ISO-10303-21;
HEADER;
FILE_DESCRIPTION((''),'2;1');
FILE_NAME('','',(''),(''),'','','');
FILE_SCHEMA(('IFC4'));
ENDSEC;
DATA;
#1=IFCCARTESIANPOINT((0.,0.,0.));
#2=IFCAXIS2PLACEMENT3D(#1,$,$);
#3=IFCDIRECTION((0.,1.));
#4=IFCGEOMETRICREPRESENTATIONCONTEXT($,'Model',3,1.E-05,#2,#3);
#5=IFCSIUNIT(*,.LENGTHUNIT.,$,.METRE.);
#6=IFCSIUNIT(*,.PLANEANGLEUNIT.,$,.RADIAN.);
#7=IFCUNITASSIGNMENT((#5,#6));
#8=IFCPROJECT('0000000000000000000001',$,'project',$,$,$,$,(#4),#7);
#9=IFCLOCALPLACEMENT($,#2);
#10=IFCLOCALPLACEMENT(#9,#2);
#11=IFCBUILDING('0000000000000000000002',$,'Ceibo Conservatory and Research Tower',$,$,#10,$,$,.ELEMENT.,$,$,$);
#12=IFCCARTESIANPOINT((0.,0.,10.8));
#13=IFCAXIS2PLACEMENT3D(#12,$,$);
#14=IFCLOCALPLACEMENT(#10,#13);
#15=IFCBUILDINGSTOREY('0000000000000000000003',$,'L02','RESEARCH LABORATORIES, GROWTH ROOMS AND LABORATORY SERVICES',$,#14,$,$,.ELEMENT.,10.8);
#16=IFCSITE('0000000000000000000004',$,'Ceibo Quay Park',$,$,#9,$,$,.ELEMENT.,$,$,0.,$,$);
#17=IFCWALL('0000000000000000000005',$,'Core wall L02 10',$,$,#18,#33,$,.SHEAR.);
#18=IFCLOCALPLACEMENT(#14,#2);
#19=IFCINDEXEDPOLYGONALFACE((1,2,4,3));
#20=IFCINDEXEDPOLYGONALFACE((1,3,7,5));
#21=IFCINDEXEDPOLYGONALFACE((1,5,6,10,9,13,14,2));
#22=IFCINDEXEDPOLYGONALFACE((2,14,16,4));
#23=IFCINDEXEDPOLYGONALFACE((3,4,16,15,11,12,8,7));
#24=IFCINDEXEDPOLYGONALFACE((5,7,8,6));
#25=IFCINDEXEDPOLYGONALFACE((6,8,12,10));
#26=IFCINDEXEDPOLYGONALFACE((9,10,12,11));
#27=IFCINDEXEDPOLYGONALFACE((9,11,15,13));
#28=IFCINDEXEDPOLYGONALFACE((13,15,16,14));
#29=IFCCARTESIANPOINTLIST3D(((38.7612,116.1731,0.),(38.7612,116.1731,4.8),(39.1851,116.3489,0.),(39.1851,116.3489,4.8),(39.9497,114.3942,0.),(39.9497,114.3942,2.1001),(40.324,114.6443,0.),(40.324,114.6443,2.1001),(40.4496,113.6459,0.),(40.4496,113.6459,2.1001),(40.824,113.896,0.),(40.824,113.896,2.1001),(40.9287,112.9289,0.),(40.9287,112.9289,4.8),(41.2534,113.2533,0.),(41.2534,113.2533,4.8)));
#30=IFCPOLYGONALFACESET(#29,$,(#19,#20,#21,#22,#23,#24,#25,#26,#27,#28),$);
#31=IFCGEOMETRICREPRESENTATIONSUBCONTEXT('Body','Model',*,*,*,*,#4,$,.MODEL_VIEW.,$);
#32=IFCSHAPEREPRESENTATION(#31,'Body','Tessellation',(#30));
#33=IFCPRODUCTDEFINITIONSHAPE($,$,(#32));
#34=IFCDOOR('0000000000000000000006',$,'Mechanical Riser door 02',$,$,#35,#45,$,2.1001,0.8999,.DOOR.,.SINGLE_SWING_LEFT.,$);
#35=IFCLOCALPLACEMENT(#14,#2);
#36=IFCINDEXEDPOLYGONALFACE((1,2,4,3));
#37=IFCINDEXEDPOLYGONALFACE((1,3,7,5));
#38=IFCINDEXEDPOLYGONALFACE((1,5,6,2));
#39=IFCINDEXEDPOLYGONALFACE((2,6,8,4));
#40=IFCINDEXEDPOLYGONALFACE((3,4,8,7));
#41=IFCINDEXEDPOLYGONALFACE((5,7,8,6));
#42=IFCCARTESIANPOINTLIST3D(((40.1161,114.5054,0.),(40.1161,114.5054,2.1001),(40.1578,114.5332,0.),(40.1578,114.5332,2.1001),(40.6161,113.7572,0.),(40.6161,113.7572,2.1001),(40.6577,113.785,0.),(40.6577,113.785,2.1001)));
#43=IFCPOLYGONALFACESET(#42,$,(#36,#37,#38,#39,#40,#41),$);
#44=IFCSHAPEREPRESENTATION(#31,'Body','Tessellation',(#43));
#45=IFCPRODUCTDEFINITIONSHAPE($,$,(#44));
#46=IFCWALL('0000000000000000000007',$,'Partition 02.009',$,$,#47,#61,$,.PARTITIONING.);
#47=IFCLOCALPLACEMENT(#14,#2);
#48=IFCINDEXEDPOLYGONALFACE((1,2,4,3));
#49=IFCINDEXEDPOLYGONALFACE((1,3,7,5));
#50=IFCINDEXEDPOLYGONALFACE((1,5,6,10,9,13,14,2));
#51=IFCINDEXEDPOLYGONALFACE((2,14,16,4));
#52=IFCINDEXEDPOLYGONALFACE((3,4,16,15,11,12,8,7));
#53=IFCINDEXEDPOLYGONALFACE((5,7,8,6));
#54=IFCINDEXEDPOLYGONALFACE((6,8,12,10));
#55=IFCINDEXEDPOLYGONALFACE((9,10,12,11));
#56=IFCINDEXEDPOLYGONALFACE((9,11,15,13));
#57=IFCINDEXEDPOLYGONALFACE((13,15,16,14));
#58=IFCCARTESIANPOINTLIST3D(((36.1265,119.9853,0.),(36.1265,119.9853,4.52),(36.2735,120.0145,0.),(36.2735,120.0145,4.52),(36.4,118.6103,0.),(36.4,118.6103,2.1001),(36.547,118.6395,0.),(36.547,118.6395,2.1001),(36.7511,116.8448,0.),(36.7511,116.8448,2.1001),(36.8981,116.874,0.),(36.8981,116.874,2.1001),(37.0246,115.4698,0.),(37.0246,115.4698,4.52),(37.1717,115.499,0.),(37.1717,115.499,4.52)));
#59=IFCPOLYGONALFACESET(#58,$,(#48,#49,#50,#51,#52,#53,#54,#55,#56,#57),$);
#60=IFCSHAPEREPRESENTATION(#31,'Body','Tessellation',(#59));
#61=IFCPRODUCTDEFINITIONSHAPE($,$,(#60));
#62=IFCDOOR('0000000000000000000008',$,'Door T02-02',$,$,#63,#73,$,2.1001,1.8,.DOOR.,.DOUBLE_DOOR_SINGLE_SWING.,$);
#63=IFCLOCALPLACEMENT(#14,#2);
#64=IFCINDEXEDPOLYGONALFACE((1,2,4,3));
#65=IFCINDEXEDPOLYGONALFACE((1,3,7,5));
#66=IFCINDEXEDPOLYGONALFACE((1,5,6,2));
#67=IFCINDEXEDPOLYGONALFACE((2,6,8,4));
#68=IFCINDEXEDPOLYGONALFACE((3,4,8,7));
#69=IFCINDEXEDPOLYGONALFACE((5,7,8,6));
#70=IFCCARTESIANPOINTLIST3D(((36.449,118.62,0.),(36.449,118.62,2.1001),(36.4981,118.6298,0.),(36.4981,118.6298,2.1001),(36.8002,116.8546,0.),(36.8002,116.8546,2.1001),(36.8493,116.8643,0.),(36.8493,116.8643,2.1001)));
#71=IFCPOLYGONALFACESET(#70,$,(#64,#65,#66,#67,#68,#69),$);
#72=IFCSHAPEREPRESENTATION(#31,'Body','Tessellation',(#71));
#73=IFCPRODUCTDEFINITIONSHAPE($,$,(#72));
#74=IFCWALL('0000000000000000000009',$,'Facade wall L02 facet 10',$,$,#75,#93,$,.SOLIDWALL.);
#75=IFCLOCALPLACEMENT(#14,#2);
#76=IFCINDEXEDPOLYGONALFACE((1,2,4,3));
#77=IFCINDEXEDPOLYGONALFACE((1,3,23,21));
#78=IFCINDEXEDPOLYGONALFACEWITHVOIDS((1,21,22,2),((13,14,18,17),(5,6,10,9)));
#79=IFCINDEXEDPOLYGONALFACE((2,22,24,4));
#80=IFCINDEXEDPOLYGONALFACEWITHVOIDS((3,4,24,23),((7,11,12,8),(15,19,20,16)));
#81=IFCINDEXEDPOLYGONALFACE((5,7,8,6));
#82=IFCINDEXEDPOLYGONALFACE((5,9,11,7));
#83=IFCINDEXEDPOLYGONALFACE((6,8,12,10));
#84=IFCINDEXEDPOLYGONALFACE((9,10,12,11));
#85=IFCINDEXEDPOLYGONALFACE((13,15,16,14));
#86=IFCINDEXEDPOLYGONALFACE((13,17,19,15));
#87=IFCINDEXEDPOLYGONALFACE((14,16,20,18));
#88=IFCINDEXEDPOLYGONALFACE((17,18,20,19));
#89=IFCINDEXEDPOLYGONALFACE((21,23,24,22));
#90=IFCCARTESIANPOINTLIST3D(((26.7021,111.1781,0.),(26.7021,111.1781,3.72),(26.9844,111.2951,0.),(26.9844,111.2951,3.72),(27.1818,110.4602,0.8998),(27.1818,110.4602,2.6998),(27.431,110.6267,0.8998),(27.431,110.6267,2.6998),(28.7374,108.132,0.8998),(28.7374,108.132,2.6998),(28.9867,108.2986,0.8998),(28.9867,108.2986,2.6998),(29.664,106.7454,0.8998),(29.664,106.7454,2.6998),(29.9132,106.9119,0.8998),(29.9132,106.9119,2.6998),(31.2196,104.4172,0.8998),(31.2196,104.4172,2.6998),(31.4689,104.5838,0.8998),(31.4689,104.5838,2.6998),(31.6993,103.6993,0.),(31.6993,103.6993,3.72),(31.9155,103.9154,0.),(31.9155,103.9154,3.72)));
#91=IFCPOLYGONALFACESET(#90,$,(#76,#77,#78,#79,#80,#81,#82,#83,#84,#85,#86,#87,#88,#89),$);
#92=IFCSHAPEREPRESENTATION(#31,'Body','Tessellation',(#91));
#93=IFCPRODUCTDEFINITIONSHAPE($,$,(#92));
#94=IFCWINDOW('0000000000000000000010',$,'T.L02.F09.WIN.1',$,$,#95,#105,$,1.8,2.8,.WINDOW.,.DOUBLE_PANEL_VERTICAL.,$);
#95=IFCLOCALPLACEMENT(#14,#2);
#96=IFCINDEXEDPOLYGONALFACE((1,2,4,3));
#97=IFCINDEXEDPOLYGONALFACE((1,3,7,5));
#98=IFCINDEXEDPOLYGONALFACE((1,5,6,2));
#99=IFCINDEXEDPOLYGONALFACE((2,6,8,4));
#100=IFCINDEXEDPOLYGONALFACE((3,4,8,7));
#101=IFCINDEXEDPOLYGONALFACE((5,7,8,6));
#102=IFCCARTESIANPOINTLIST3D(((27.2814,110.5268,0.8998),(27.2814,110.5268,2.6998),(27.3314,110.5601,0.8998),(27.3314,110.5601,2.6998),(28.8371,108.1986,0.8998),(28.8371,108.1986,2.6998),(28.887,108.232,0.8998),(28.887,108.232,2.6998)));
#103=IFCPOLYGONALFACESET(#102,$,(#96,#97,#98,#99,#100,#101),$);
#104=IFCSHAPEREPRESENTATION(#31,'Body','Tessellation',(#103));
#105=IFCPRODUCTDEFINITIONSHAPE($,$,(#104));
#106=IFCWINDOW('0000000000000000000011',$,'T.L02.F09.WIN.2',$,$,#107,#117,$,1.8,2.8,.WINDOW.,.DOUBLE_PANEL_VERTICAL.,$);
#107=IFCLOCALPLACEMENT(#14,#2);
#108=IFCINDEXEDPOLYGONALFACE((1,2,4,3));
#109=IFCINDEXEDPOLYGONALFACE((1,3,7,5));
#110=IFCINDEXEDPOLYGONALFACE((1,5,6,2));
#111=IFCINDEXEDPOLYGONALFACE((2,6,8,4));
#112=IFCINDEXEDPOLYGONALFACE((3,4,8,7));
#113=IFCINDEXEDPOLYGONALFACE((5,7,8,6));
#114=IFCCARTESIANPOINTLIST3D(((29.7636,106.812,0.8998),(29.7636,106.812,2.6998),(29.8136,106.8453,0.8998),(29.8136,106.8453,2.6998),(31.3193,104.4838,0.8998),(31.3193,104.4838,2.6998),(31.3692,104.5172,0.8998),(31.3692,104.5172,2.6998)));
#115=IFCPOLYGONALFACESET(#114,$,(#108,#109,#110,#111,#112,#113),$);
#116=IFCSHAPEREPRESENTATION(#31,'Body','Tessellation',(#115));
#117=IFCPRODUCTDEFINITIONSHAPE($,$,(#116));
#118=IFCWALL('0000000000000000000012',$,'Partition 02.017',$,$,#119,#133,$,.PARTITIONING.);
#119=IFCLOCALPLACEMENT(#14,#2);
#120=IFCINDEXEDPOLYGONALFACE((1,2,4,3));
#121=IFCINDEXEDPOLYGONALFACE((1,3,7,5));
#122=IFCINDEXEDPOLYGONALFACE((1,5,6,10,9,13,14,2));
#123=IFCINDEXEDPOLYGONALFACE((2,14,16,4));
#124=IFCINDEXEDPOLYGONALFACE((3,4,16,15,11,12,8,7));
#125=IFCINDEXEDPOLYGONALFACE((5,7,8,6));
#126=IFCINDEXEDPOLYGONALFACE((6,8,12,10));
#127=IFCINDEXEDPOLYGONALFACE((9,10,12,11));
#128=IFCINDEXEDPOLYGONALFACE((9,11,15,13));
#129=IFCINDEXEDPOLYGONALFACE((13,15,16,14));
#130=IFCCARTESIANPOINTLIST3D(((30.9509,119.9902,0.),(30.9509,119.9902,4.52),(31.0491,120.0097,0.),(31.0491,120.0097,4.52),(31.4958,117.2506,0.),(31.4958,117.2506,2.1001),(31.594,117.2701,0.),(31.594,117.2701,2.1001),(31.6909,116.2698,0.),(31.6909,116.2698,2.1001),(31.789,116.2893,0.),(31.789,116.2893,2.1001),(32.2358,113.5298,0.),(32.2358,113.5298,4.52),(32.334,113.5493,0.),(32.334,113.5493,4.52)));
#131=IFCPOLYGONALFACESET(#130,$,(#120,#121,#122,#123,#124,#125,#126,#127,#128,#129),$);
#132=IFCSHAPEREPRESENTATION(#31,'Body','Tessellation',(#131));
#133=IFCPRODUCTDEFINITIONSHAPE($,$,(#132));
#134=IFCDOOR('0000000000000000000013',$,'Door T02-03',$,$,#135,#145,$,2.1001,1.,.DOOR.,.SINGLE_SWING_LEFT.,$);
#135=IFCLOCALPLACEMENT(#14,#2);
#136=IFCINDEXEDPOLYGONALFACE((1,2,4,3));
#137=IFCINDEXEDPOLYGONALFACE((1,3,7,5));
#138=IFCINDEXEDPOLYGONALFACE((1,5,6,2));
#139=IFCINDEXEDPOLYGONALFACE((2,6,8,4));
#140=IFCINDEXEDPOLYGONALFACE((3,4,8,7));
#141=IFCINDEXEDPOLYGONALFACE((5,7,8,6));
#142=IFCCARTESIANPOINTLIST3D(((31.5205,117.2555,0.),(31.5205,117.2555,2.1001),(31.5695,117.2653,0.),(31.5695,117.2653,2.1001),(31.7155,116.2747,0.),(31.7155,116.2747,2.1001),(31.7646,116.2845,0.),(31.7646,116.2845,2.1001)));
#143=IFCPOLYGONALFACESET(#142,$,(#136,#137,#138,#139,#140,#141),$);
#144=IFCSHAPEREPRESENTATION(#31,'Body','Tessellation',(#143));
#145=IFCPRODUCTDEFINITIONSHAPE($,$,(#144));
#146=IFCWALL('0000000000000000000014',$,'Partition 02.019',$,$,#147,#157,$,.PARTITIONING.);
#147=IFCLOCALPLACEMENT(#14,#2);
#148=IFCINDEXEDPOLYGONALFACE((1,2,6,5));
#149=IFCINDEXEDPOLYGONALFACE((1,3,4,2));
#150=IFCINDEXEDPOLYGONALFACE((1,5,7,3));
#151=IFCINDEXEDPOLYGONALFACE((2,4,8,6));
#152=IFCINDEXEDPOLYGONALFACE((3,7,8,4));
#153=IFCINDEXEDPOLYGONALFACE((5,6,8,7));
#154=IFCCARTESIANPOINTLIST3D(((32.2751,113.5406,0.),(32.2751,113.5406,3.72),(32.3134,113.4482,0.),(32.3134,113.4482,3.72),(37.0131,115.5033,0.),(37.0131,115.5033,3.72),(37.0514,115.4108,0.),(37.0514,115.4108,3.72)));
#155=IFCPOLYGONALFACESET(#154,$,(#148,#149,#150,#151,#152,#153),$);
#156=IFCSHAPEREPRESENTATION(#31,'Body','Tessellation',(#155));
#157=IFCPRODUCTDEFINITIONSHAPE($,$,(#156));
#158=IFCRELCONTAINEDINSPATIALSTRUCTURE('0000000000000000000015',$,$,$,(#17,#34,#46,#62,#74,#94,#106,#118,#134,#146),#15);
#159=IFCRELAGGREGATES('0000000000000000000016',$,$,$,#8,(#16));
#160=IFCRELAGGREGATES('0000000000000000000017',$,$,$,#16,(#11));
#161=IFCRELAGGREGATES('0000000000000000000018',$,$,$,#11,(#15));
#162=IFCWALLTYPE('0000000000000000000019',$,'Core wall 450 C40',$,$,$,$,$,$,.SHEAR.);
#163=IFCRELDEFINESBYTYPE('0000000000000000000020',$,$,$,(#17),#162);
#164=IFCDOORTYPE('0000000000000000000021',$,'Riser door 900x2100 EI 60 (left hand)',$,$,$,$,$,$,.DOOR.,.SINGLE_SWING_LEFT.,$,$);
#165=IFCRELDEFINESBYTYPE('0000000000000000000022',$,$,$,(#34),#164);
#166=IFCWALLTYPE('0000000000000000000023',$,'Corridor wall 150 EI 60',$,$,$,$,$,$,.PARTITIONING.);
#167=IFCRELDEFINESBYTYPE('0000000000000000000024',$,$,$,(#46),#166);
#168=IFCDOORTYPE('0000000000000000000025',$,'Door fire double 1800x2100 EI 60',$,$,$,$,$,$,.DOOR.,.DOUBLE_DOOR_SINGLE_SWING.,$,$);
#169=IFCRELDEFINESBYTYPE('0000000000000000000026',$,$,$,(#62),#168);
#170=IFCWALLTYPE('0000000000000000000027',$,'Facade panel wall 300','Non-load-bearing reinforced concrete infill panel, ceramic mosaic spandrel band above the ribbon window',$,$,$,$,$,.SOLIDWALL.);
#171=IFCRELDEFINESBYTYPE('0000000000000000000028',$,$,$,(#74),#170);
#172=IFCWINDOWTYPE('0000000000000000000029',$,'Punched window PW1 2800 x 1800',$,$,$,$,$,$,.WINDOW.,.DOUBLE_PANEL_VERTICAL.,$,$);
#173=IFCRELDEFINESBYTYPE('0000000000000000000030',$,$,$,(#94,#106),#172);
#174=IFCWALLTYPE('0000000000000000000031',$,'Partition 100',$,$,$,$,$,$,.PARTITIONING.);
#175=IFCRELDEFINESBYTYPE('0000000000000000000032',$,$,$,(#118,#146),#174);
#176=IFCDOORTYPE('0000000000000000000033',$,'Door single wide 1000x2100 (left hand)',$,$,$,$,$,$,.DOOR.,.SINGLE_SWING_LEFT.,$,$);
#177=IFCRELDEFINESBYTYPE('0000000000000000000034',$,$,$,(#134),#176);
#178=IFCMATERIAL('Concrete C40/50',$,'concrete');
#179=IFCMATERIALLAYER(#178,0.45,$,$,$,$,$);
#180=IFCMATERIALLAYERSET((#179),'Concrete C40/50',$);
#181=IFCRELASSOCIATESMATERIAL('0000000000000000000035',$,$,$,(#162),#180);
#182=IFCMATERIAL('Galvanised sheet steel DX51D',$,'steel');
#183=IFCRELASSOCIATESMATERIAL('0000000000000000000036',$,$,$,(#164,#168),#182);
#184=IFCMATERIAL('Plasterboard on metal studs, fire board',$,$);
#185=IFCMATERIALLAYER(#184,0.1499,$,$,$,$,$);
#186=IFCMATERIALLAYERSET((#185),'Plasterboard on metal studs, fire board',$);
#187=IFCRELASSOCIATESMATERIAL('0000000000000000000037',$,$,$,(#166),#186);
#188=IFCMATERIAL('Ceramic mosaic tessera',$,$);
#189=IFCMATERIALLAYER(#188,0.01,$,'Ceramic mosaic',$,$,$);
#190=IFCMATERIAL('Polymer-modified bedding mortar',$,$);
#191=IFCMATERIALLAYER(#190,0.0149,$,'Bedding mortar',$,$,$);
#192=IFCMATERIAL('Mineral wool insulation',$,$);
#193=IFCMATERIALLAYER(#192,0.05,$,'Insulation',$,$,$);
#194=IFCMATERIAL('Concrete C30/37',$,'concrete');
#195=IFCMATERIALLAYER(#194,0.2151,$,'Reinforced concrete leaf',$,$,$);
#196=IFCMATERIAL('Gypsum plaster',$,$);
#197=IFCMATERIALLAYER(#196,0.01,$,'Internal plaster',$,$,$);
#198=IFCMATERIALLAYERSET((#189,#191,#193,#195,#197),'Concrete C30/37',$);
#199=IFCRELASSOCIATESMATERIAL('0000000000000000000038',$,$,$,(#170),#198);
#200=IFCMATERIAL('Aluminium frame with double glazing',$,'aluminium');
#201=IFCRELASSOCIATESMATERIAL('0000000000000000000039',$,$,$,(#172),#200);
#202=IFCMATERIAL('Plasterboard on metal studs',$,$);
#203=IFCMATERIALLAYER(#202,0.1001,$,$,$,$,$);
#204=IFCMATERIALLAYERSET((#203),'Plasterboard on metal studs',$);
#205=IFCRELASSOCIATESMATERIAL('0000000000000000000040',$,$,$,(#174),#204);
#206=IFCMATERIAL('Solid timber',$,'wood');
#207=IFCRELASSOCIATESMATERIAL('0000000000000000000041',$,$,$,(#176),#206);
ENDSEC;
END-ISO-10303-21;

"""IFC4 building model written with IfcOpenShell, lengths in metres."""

from ifc_helpers import new_model, si_unit, direction, frame, frame_2d, origin, place, context, subcontext, project, spatial, polyline, rectangle, outline, extrude, material, layer, layer_set, type_object, element, fill, save


model = new_model("IFC4")

# Units and contexts
model_context = context("Model", 3, precision=1e-05, world=origin(), true_north=direction((0.0, 1.0)))
body_context = subcontext(model_context, "Body", "Model", "MODEL_VIEW")
ifc_project = project(units=[si_unit("LENGTHUNIT", "METRE"), si_unit("PLANEANGLEUNIT", "RADIAN")], contexts=[model_context])

# Site, building, storey
site_placement = place(None, origin())
site = spatial("IfcSite", under=ifc_project, at=site_placement, Name="Ceibo Quay Park", CompositionType="ELEMENT", RefElevation=0.0)
building_placement = place(site_placement, origin())
building = spatial("IfcBuilding", under=site, at=building_placement, Name="Ceibo Conservatory and Research Tower", CompositionType="ELEMENT")
storey_placement = place(building_placement, frame((0.0, 0.0, 10.8)))
storey = spatial("IfcBuildingStorey", under=building, at=storey_placement, Name="L02", Description="RESEARCH LABORATORIES, GROWTH ROOMS AND LABORATORY SERVICES", CompositionType="ELEMENT", Elevation=10.8)

# Shared definitions
ifc_material_1 = material(Name="Concrete C40/50", Category="concrete")

# Walls, openings, doors
ifc_layer_1 = layer(ifc_material_1, 0.45)
ifc_layer_set_1 = layer_set([ifc_layer_1], Name="Concrete C40/50")
wall_type_1 = type_object("IfcWallType", Name="Core wall 450 C40", PredefinedType="SHEAR", material=ifc_layer_set_1)
wall_1_placement = place(storey_placement, frame((38.9731, 116.261, 0.0), z_axis=(0.0, 0.0, 1.0), x_axis=(0.555542, -0.831488, 0.0)))
wall_1 = element("IfcWall", 1, at=wall_1_placement, inside=storey, type_object=wall_type_1, Name="Core wall L02 10", PredefinedType="SHEAR", context=body_context, shape_type="SweptSolid", body=[
    extrude(outline(polyline([(-0.0447, -0.2251), (3.8569, -0.2251), (3.7676, 0.2251), (0.0447, 0.2251), (-0.0447, -0.2251)])), origin(), (0.0, 0.0, 1.0), 4.8),
])
opening_1_placement = place(wall_1_placement, frame((2.0947, 0.0, 0.0)))
opening_1 = element("IfcOpeningElement", 2, at=opening_1_placement, cuts=wall_1, PredefinedType="OPENING", context=body_context, shape_type="SweptSolid", body=[
    extrude(rectangle(XDim=0.8999, YDim=2.1001, at=frame_2d((0.45, 1.05))), frame((0.0, 0.2349, 0.0), z_axis=(0.0, -1.0, 0.0), x_axis=(1.0, 0.0, 0.0)), (0.0, 0.0, 1.0), 0.47),
])
ifc_material_2 = material(Name="Galvanised sheet steel DX51D", Category="steel")
door_type_1 = type_object("IfcDoorType", Name="Riser door 900x2100 EI 60 (left hand)", OperationType="SINGLE_SWING_LEFT", PredefinedType="DOOR", material=ifc_material_2)
door_1_placement = place(opening_1_placement, frame((0.8999, 0.0, 0.0), z_axis=(0.0, 0.0, 1.0), x_axis=(-1.0, 0.0, 0.0)))
door_1 = element("IfcDoor", 3, at=door_1_placement, inside=storey, type_object=door_type_1, Name="Mechanical Riser door 02", OperationType="SINGLE_SWING_LEFT", OverallHeight=2.1001, OverallWidth=0.8999, PredefinedType="DOOR", context=body_context, shape_type="SweptSolid", body=[
    extrude(rectangle(XDim=0.8999, YDim=2.1001, at=frame_2d((0.45, 1.05))), frame((0.0, 0.0249, 0.0), z_axis=(0.0, -1.0, 0.0), x_axis=(1.0, 0.0, 0.0)), (0.0, 0.0, 1.0), 0.05),
])
fill(opening_1, door_1)
ifc_material_3 = material(Name="Plasterboard on metal studs, fire board")
ifc_layer_2 = layer(ifc_material_3, 0.1499)
ifc_layer_set_2 = layer_set([ifc_layer_2], Name="Plasterboard on metal studs, fire board")
wall_type_2 = type_object("IfcWallType", Name="Corridor wall 150 EI 60", PredefinedType="PARTITIONING", material=ifc_layer_set_2)
wall_2_placement = place(storey_placement, frame((37.0981, 115.4844, 0.0), z_axis=(0.0, 0.0, 1.0), x_axis=(-0.195086, 0.980786, 0.0)))
wall_2 = element("IfcWall", 4, at=wall_2_placement, inside=storey, type_object=wall_type_2, Name="Partition 02.009", PredefinedType="PARTITIONING", context=body_context, shape_type="SweptSolid", body=[
    extrude(rectangle(XDim=4.604, YDim=0.1499, at=frame_2d((2.302, 0.0))), origin(), (0.0, 0.0, 1.0), 4.52),
])
opening_2_placement = place(wall_2_placement, frame((1.4021, 0.0, 0.0)))
opening_2 = element("IfcOpeningElement", 5, at=opening_2_placement, cuts=wall_2, PredefinedType="OPENING", context=body_context, shape_type="SweptSolid", body=[
    extrude(rectangle(XDim=1.8, YDim=2.1001, at=frame_2d((0.8999, 1.05))), frame((0.0, 0.085, 0.0), z_axis=(0.0, -1.0, 0.0), x_axis=(1.0, 0.0, 0.0)), (0.0, 0.0, 1.0), 0.1699),
])
door_type_2 = type_object("IfcDoorType", Name="Door fire double 1800x2100 EI 60", OperationType="DOUBLE_DOOR_SINGLE_SWING", PredefinedType="DOOR", material=ifc_material_2)
door_2_placement = place(opening_2_placement, origin())
door_2 = element("IfcDoor", 6, at=door_2_placement, inside=storey, type_object=door_type_2, Name="Door T02-02", OperationType="DOUBLE_DOOR_SINGLE_SWING", OverallHeight=2.1001, OverallWidth=1.8, PredefinedType="DOOR", context=body_context, shape_type="SweptSolid", body=[
    extrude(rectangle(XDim=1.8, YDim=2.1001, at=frame_2d((0.8999, 1.05))), frame((0.0, 0.0249, 0.0), z_axis=(0.0, -1.0, 0.0), x_axis=(1.0, 0.0, 0.0)), (0.0, 0.0, 1.0), 0.05),
])
fill(opening_2, door_2)

# Wall, openings, windows
ifc_material_4 = material(Name="Ceramic mosaic tessera")
ifc_layer_3 = layer(ifc_material_4, 0.01, Name="Ceramic mosaic")
ifc_material_5 = material(Name="Polymer-modified bedding mortar")
ifc_layer_4 = layer(ifc_material_5, 0.0149, Name="Bedding mortar")
ifc_material_6 = material(Name="Mineral wool insulation")
ifc_layer_5 = layer(ifc_material_6, 0.05, Name="Insulation")
ifc_material_7 = material(Name="Concrete C30/37", Category="concrete")
ifc_layer_6 = layer(ifc_material_7, 0.2151, Name="Reinforced concrete leaf")
ifc_material_8 = material(Name="Gypsum plaster")
ifc_layer_7 = layer(ifc_material_8, 0.01, Name="Internal plaster")
ifc_layer_set_3 = layer_set([ifc_layer_3, ifc_layer_4, ifc_layer_5, ifc_layer_6, ifc_layer_7], Name="Concrete C30/37")
wall_type_3 = type_object("IfcWallType", Name="Facade panel wall 300", Description="Non-load-bearing reinforced concrete infill panel, ceramic mosaic spandrel band above the ribbon window", PredefinedType="SOLIDWALL", material=ifc_layer_set_3)
wall_3_placement = place(storey_placement, frame((26.8433, 111.2366, 0.0), z_axis=(0.0, 0.0, 1.0), x_axis=(0.555576, -0.831466, 0.0)))
wall_3 = element("IfcWall", 7, at=wall_3_placement, inside=storey, type_object=wall_type_3, Name="Facade wall L02 facet 10", PredefinedType="SOLIDWALL", context=body_context, shape_type="SweptSolid", body=[
    extrude(outline(polyline([(-0.0298, -0.1499), (8.9648, -0.1499), (8.9053, 0.1499), (0.0298, 0.1499), (-0.0298, -0.1499)])), origin(), (0.0, 0.0, 1.0), 3.72),
])
opening_3_placement = place(wall_3_placement, frame((0.8337, 0.0, 0.8999)))
opening_3 = element("IfcOpeningElement", 8, at=opening_3_placement, cuts=wall_3, PredefinedType="OPENING", context=body_context, shape_type="SweptSolid", body=[
    extrude(rectangle(XDim=2.8, YDim=1.8, at=frame_2d((1.3999, 0.8999))), frame((0.0, 0.1599, 0.0), z_axis=(0.0, -1.0, 0.0), x_axis=(1.0, 0.0, 0.0)), (0.0, 0.0, 1.0), 0.3201),
])
opening_4_placement = place(wall_3_placement, frame((5.3015, 0.0, 0.8999)))
opening_4 = element("IfcOpeningElement", 9, at=opening_4_placement, cuts=wall_3, PredefinedType="OPENING", context=body_context, shape_type="SweptSolid", body=[
    extrude(rectangle(XDim=2.8, YDim=1.8, at=frame_2d((1.3999, 0.8999))), frame((0.0, 0.1599, 0.0), z_axis=(0.0, -1.0, 0.0), x_axis=(1.0, 0.0, 0.0)), (0.0, 0.0, 1.0), 0.3201),
])
ifc_material_9 = material(Name="Aluminium frame with double glazing", Category="aluminium")
window_type = type_object("IfcWindowType", Name="Punched window PW1 2800 x 1800", PartitioningType="DOUBLE_PANEL_VERTICAL", PredefinedType="WINDOW", material=ifc_material_9)
window_1_placement = place(opening_3_placement, origin())
window_1 = element("IfcWindow", 10, at=window_1_placement, inside=storey, type_object=window_type, Name="T.L02.F09.WIN.1", OverallHeight=1.8, OverallWidth=2.8, PartitioningType="DOUBLE_PANEL_VERTICAL", PredefinedType="WINDOW", context=body_context, shape_type="SweptSolid", body=[
    extrude(rectangle(XDim=2.8, YDim=1.8, at=frame_2d((1.3999, 0.8999))), frame((0.0, 0.03, 0.0), z_axis=(0.0, -1.0, 0.0), x_axis=(1.0, 0.0, 0.0)), (0.0, 0.0, 1.0), 0.0601),
])
fill(opening_3, window_1)
window_2_placement = place(opening_4_placement, origin())
window_2 = element("IfcWindow", 11, at=window_2_placement, inside=storey, type_object=window_type, Name="T.L02.F09.WIN.2", OverallHeight=1.8, OverallWidth=2.8, PartitioningType="DOUBLE_PANEL_VERTICAL", PredefinedType="WINDOW", context=body_context, shape_type="SweptSolid", body=[
    extrude(rectangle(XDim=2.8, YDim=1.8, at=frame_2d((1.3999, 0.8999))), frame((0.0, 0.03, 0.0), z_axis=(0.0, -1.0, 0.0), x_axis=(1.0, 0.0, 0.0)), (0.0, 0.0, 1.0), 0.0601),
])
fill(opening_4, window_2)

# Wall, opening, door
ifc_material_10 = material(Name="Plasterboard on metal studs")
ifc_layer_8 = layer(ifc_material_10, 0.1001)
ifc_layer_set_4 = layer_set([ifc_layer_8], Name="Plasterboard on metal studs")
wall_type_4 = type_object("IfcWallType", Name="Partition 100", PredefinedType="PARTITIONING", material=ifc_layer_set_4)
wall_4_placement = place(storey_placement, frame((32.2849, 113.5396, 0.0), z_axis=(0.0, 0.0, 1.0), x_axis=(-0.195068, 0.98079, 0.0)))
wall_4 = element("IfcWall", 12, at=wall_4_placement, inside=storey, type_object=wall_type_4, Name="Partition 02.017", PredefinedType="PARTITIONING", context=body_context, shape_type="SweptSolid", body=[
    extrude(rectangle(XDim=6.5869, YDim=0.1001, at=frame_2d((3.2935, 0.0))), origin(), (0.0, 0.0, 1.0), 4.52),
])
opening_5_placement = place(wall_4_placement, frame((2.7937, 0.0, 0.0)))
opening_5 = element("IfcOpeningElement", 13, at=opening_5_placement, cuts=wall_4, PredefinedType="OPENING", context=body_context, shape_type="SweptSolid", body=[
    extrude(rectangle(XDim=1.0, YDim=2.1001, at=frame_2d((0.5, 1.05))), frame((0.0, 0.0601, 0.0), z_axis=(0.0, -1.0, 0.0), x_axis=(1.0, 0.0, 0.0)), (0.0, 0.0, 1.0), 0.1201),
])
ifc_material_11 = material(Name="Solid timber", Category="wood")
door_type_3 = type_object("IfcDoorType", Name="Door single wide 1000x2100 (left hand)", OperationType="SINGLE_SWING_LEFT", PredefinedType="DOOR", material=ifc_material_11)
door_3_placement = place(opening_5_placement, origin())
door_3 = element("IfcDoor", 14, at=door_3_placement, inside=storey, type_object=door_type_3, Name="Door T02-03", OperationType="SINGLE_SWING_LEFT", OverallHeight=2.1001, OverallWidth=1.0, PredefinedType="DOOR", context=body_context, shape_type="SweptSolid", body=[
    extrude(rectangle(XDim=1.0, YDim=2.1001, at=frame_2d((0.5, 1.05))), frame((0.0, 0.0249, 0.0), z_axis=(0.0, -1.0, 0.0), x_axis=(1.0, 0.0, 0.0)), (0.0, 0.0, 1.0), 0.05),
])
fill(opening_5, door_3)

# Wall
wall_5_placement = place(storey_placement, frame((37.0322, 115.457, 0.0), z_axis=(0.0, 0.0, 1.0), x_axis=(-0.923874, -0.382698, 0.0)))
element("IfcWall", 15, at=wall_5_placement, inside=storey, type_object=wall_type_4, Name="Partition 02.019", PredefinedType="PARTITIONING", context=body_context, shape_type="SweptSolid", body=[
    extrude(rectangle(XDim=5.1284, YDim=0.1001, at=frame_2d((2.5642, 0.0))), origin(), (0.0, 0.0, 1.0), 3.72),
])

save(model, "model.ifc")
